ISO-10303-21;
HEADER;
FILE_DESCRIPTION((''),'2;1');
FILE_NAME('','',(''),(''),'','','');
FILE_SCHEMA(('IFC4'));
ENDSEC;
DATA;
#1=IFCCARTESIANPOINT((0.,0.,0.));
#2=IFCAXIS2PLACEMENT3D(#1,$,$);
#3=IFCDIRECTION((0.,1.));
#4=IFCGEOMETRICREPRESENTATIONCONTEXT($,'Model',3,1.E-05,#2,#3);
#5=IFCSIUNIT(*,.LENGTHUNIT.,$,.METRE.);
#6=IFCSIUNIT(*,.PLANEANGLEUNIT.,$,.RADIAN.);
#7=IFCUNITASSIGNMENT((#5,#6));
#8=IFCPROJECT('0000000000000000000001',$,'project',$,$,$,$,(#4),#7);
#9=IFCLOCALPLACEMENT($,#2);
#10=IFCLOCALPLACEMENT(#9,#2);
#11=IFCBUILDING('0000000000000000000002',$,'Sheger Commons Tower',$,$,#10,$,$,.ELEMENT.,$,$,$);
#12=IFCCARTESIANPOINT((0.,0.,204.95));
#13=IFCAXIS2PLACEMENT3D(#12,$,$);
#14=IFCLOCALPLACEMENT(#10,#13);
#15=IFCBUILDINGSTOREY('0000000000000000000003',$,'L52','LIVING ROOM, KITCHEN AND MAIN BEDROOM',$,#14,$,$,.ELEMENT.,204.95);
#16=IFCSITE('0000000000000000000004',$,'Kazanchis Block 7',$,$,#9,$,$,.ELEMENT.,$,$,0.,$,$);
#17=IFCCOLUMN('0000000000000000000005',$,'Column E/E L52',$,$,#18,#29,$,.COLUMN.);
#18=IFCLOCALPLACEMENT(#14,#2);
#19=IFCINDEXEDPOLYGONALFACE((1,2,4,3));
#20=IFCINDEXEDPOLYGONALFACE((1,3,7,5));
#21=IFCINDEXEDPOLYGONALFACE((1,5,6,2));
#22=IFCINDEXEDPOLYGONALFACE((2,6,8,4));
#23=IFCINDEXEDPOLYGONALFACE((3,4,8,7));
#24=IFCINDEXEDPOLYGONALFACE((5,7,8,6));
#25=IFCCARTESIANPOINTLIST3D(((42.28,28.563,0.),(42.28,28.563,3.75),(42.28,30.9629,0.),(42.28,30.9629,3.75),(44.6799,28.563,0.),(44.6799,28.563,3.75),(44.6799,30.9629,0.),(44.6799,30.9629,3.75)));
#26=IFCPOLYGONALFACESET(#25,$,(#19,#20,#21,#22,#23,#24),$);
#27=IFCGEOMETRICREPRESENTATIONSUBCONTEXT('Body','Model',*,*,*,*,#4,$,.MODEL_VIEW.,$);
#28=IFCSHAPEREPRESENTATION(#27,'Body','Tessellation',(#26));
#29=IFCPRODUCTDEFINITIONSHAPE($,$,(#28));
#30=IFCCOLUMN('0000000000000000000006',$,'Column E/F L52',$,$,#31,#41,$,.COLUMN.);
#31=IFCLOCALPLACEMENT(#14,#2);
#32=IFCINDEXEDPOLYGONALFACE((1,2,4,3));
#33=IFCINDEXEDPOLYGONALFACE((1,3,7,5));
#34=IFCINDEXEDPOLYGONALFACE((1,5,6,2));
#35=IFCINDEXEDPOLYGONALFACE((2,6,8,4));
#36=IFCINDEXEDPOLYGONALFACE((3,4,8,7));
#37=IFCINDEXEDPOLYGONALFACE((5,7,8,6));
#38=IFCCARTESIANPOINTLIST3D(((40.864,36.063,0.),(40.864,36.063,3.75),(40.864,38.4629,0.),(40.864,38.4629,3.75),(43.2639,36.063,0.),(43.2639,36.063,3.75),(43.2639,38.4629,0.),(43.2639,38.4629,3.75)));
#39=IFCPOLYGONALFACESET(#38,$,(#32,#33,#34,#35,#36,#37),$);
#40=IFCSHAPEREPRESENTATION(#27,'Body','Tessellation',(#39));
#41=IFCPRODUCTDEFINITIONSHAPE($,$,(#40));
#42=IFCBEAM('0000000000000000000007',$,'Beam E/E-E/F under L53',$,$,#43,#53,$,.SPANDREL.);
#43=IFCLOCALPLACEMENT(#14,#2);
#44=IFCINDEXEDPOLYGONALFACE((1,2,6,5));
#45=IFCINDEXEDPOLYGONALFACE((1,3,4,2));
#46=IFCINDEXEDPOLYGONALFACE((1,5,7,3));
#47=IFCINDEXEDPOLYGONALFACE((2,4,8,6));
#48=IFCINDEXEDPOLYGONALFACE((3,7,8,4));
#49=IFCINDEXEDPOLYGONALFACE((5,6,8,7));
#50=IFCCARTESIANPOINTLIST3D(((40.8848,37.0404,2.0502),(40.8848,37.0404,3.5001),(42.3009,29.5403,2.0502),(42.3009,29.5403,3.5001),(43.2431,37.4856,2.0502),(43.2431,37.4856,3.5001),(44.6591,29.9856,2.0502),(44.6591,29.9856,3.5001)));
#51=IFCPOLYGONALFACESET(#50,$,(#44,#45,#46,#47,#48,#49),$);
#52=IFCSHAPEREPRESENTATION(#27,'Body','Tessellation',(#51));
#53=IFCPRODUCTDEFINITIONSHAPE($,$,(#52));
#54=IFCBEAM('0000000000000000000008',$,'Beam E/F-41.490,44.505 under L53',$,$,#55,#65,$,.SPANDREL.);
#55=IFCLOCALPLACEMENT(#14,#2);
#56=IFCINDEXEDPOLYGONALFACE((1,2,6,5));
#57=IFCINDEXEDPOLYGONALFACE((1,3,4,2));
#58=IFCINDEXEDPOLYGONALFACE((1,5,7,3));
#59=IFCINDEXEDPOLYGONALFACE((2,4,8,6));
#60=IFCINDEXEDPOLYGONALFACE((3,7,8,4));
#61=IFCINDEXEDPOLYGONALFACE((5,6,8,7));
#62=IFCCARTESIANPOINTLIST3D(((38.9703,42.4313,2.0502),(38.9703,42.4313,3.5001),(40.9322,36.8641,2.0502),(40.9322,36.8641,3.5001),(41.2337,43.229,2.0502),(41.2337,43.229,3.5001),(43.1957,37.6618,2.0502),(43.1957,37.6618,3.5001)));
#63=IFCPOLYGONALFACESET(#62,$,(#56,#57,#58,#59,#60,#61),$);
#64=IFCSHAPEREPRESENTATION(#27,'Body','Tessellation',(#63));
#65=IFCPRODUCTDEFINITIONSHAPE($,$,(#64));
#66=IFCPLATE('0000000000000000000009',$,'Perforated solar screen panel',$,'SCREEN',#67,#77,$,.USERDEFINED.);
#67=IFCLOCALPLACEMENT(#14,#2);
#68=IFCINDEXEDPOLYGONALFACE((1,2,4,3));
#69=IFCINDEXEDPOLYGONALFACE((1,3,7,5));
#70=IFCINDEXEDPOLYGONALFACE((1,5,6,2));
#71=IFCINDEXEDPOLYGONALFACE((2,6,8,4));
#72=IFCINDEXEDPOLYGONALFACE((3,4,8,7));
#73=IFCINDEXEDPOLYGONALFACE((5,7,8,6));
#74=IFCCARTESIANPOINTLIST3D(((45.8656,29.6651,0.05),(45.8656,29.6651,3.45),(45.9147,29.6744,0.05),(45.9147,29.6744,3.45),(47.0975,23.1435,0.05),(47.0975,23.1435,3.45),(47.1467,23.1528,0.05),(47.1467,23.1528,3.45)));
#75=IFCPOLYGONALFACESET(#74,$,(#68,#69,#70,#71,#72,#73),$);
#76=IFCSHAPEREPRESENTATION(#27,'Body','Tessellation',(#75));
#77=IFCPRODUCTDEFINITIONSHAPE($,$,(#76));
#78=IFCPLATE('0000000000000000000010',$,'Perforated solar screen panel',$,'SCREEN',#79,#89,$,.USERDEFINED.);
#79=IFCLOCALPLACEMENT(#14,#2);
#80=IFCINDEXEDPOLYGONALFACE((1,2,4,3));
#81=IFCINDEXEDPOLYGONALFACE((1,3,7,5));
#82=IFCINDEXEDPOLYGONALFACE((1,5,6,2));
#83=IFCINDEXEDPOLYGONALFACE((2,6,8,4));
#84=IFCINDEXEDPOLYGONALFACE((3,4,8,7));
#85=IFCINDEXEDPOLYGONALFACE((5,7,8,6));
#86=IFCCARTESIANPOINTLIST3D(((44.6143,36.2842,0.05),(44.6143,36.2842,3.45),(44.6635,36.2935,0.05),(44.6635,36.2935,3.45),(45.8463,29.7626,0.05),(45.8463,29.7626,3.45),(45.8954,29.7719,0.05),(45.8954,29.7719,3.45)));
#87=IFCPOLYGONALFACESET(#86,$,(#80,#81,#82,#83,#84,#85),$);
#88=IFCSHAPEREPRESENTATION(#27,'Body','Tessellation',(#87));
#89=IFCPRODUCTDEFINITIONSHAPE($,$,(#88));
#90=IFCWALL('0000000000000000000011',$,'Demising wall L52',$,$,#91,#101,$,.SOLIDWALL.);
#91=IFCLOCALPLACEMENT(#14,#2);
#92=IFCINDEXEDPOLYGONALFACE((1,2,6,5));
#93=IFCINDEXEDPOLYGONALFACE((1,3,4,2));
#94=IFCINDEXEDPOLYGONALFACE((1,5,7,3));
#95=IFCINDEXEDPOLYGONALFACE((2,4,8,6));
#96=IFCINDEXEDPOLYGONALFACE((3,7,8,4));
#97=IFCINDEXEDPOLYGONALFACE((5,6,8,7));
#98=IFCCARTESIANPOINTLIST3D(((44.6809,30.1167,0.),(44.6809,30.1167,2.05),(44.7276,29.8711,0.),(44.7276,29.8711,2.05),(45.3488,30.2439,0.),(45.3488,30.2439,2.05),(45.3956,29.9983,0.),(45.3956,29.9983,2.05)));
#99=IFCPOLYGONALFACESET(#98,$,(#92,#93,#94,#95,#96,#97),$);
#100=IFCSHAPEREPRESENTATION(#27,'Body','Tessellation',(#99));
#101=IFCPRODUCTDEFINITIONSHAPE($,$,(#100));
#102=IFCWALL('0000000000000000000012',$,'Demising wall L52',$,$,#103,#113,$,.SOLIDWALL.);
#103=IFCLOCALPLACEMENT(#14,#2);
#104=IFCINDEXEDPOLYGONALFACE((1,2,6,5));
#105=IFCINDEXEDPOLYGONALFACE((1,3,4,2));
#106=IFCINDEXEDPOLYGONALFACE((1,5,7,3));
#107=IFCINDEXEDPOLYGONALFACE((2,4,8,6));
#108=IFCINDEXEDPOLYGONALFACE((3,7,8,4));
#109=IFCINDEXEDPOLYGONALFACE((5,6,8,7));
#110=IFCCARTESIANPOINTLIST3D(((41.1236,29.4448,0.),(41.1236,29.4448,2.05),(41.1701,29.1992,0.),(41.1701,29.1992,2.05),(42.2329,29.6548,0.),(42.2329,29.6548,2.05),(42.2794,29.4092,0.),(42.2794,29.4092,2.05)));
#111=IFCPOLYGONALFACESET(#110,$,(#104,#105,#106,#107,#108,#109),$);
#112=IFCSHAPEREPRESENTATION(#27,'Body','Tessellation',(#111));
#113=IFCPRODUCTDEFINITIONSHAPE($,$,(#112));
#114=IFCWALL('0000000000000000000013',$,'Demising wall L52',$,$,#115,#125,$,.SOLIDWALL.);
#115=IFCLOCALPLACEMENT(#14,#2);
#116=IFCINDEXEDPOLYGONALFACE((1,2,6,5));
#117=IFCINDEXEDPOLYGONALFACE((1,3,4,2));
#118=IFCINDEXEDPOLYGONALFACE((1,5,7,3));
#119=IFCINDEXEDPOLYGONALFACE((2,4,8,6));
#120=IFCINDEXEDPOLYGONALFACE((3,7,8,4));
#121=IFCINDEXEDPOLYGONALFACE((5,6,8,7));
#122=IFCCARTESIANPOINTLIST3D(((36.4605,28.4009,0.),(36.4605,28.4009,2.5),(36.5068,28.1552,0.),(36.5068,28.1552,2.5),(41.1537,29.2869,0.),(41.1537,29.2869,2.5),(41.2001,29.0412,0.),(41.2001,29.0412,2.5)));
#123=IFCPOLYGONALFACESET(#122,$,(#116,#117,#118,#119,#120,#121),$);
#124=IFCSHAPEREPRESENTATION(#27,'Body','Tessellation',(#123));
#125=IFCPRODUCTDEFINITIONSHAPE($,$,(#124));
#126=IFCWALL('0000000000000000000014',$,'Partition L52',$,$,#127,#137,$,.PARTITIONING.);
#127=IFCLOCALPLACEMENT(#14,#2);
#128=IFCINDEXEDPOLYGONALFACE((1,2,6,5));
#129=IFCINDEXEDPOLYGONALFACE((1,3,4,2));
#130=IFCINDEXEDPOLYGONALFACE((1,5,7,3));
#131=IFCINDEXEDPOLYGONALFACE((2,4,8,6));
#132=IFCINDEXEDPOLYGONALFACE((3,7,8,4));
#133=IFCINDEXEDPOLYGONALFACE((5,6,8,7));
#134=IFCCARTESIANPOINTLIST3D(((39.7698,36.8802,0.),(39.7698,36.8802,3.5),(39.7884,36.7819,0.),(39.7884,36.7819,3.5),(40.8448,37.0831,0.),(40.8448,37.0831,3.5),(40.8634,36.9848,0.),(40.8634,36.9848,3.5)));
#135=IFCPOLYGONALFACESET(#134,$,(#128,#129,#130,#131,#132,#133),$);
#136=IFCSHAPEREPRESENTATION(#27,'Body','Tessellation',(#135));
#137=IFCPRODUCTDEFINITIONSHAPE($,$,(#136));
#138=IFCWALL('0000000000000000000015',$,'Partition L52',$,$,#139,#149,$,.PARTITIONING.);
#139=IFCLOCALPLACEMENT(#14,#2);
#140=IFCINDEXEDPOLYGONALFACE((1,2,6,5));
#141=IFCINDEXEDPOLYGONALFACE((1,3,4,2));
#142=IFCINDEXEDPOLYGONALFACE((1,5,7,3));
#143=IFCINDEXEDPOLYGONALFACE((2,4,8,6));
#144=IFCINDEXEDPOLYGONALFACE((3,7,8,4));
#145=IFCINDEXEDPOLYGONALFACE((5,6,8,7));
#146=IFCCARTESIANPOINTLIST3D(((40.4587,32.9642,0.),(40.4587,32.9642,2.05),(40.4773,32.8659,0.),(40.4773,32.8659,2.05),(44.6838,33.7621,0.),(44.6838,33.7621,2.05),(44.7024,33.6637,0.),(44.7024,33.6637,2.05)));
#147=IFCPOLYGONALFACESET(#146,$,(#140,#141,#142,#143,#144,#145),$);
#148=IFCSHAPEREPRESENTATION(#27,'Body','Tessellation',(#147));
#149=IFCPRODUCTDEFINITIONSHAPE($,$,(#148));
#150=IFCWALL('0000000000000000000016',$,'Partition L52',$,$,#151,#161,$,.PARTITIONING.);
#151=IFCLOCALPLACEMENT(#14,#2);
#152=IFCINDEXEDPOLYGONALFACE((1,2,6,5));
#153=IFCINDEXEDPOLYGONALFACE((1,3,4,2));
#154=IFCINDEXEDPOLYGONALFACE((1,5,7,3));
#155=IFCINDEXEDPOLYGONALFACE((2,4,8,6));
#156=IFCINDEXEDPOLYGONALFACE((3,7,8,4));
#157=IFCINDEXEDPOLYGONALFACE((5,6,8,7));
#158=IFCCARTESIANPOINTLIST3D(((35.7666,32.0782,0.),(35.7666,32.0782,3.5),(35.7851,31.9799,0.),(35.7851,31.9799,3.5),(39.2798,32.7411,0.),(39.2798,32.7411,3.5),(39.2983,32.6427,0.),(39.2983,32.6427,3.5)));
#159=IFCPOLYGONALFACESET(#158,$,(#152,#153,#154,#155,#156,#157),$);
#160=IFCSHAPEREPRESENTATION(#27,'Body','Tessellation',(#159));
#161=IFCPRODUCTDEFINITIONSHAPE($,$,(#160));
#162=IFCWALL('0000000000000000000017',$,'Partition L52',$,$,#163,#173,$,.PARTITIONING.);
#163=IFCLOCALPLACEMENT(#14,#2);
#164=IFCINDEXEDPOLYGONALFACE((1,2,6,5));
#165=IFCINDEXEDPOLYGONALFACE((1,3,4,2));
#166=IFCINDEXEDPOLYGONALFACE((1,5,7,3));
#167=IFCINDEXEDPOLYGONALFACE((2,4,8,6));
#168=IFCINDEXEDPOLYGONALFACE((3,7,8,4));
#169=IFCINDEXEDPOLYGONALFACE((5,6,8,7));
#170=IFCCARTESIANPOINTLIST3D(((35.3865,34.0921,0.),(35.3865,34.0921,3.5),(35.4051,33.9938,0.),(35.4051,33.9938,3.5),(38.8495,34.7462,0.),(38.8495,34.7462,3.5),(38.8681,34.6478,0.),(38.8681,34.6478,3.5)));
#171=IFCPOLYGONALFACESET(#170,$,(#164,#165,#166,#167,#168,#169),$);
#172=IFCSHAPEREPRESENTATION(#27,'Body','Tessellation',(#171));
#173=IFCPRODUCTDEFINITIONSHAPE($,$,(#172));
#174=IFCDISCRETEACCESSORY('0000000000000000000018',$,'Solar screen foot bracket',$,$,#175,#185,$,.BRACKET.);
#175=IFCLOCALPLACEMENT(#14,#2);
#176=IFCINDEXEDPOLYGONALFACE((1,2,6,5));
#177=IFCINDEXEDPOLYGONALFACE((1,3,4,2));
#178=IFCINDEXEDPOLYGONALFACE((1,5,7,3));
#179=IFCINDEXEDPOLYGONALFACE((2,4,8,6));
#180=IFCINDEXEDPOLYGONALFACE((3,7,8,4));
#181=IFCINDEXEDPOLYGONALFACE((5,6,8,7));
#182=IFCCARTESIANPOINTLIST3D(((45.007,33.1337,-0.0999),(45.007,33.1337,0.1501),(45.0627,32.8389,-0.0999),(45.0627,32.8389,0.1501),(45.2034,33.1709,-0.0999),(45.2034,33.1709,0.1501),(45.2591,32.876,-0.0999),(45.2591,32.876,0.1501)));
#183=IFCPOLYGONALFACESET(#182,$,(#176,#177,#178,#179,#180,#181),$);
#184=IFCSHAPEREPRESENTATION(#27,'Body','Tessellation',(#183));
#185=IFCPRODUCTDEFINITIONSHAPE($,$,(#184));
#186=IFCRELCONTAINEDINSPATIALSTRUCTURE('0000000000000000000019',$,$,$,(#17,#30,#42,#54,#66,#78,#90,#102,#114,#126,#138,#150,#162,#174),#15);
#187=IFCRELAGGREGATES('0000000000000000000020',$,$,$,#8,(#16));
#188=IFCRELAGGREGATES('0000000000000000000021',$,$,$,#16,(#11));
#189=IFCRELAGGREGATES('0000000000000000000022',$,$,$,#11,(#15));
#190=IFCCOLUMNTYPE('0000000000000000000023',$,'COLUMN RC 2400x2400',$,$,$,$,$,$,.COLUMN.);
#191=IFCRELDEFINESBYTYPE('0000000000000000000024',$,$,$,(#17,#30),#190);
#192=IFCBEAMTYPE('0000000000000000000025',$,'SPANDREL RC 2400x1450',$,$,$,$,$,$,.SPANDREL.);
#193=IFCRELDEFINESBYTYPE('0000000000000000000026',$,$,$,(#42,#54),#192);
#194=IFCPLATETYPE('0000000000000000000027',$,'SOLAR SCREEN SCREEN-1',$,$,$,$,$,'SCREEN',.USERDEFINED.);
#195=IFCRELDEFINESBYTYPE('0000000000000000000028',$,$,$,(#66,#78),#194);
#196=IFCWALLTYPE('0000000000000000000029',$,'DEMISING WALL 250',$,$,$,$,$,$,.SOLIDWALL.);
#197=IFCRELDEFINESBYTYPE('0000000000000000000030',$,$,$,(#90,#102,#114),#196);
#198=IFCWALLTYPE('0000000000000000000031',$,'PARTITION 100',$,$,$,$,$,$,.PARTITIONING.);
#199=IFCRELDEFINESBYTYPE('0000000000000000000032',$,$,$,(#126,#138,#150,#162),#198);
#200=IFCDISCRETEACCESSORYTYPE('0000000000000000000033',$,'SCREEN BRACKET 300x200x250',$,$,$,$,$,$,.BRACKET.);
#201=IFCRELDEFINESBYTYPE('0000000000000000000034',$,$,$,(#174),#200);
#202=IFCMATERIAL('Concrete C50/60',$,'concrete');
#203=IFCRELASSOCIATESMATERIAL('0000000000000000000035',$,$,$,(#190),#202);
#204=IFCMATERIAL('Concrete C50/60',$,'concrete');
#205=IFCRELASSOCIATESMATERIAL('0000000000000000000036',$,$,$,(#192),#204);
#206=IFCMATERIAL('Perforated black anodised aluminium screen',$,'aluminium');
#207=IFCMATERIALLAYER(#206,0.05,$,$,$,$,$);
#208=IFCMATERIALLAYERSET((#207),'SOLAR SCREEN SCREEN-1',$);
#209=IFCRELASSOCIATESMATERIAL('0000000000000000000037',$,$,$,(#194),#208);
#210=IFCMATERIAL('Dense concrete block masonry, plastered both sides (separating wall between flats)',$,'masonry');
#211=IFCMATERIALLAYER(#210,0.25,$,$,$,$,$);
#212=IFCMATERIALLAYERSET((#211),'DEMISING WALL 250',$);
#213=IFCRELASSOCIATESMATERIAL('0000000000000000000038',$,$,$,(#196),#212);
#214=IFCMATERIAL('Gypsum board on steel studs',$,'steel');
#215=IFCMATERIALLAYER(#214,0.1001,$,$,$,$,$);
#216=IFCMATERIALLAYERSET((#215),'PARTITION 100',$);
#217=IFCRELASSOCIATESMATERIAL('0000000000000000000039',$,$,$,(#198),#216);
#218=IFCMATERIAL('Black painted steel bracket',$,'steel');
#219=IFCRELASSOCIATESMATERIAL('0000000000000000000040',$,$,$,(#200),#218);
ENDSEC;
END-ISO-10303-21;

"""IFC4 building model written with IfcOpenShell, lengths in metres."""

from ifc_helpers import new_model, si_unit, direction, frame, frame_2d, origin, origin_2d, place, context, subcontext, project, spatial, rectangle, extrude, material, layer, layer_set, material_profile, profile_set, type_object, element, save


model = new_model("IFC4")

# Units and contexts
model_context = context("Model", 3, precision=1e-05, world=origin(), true_north=direction((0.0, 1.0)))
body_context = subcontext(model_context, "Body", "Model", "MODEL_VIEW")
ifc_project = project(units=[si_unit("LENGTHUNIT", "METRE"), si_unit("PLANEANGLEUNIT", "RADIAN")], contexts=[model_context])

# Site, building, storey
site_placement = place(None, origin())
site = spatial("IfcSite", under=ifc_project, at=site_placement, Name="Kazanchis Block 7", CompositionType="ELEMENT", RefElevation=0.0)
building_placement = place(site_placement, origin())
building = spatial("IfcBuilding", under=site, at=building_placement, Name="Sheger Commons Tower", CompositionType="ELEMENT")
storey_placement = place(building_placement, frame((0.0, 0.0, 204.95)))
storey = spatial("IfcBuildingStorey", under=building, at=storey_placement, Name="L52", Description="LIVING ROOM, KITCHEN AND MAIN BEDROOM", CompositionType="ELEMENT", Elevation=204.95)

# Columns
ifc_material_1 = material(Name="Concrete C50/60", Category="concrete")
ifc_material_profile_1 = material_profile(ifc_material_1, rectangle(XDim=2.3999, YDim=2.3999, at=origin_2d()), Name="RC 2400x2400")
ifc_profile_set_1 = profile_set([ifc_material_profile_1], Name="Concrete C50/60")
column_type = type_object("IfcColumnType", Name="COLUMN RC 2400x2400", PredefinedType="COLUMN", material=ifc_profile_set_1)
for number, where, z_axis, x_axis, name in (
    (1, (43.48, 29.7629, 0.0), (0.0, 0.0, 1.0), (1.0, 0.0, 0.0), "Column E/E L52"),
    (2, (42.064, 37.2629, 0.0), (0.0, 0.0, 1.0), (1.0, 0.0, 0.0), "Column E/F L52"),
):
    element("IfcColumn", number, at=place(storey_placement, frame(where, z_axis=z_axis, x_axis=x_axis)), inside=storey, type_object=column_type, Name=name, PredefinedType="COLUMN", context=body_context, shape_type="SweptSolid", body=[
        extrude(rectangle(XDim=2.3999, YDim=2.3999, at=origin_2d()), origin(), (0.0, 0.0, 1.0), 3.75),
    ])

# Beams
ifc_material_2 = material(Name="Concrete C50/60", Category="concrete")
ifc_material_profile_2 = material_profile(ifc_material_2, rectangle(XDim=2.3999, YDim=1.45, at=origin_2d()), Name="RC 2400x1450")
ifc_profile_set_2 = profile_set([ifc_material_profile_2], Name="Concrete C50/60")
beam_type = type_object("IfcBeamType", Name="SPANDREL RC 2400x1450", PredefinedType="SPANDREL", material=ifc_profile_set_2)
beam_1_placement = place(storey_placement, frame((43.48, 29.7629, 2.7751), z_axis=(-0.185524, 0.98264, 0.0), x_axis=(-0.98264, -0.185524, 0.0)))
element("IfcBeam", 3, at=beam_1_placement, inside=storey, type_object=beam_type, Name="Beam E/E-E/F under L53", PredefinedType="SPANDREL", context=body_context, shape_type="SweptSolid", body=[
    extrude(rectangle(XDim=2.3999, YDim=1.45, at=origin_2d()), origin(), (0.0, 0.0, 1.0), 7.6326),
])
beam_2_placement = place(storey_placement, frame((42.064, 37.2629, 2.7751), z_axis=(-0.332374, 0.943148, 0.0), x_axis=(-0.943148, -0.332374, 0.0)))
element("IfcBeam", 4, at=beam_2_placement, inside=storey, type_object=beam_type, Name="Beam E/F-41.490,44.505 under L53", PredefinedType="SPANDREL", context=body_context, shape_type="SweptSolid", body=[
    extrude(rectangle(XDim=2.3999, YDim=1.45, at=origin_2d()), origin(), (0.0, 0.0, 1.0), 5.9028),
])

# Plates
ifc_material_3 = material(Name="Perforated black anodised aluminium screen", Category="aluminium")
ifc_layer_1 = layer(ifc_material_3, 0.05)
ifc_layer_set_1 = layer_set([ifc_layer_1], Name="SOLAR SCREEN SCREEN-1")
plate_type = type_object("IfcPlateType", Name="SOLAR SCREEN SCREEN-1", ElementType="SCREEN", PredefinedType="USERDEFINED", material=ifc_layer_set_1)
for number, where, z_axis, x_axis, name in (
    (5, (46.5061, 26.4089, 0.05), (0.0, 0.0, 1.0), (-0.185615, 0.982623, 0.0), "Perforated solar screen panel"),
    (6, (45.2549, 33.0281, 0.05), (0.0, 0.0, 1.0), (-0.185615, 0.982623, 0.0), "Perforated solar screen panel"),
):
    element("IfcPlate", number, at=place(storey_placement, frame(where, z_axis=z_axis, x_axis=x_axis)), inside=storey, type_object=plate_type, Name=name, ObjectType="SCREEN", PredefinedType="USERDEFINED", context=body_context, shape_type="SweptSolid", body=[
        extrude(rectangle(XDim=6.637, YDim=0.05, at=origin_2d()), origin(), (0.0, 0.0, 1.0), 3.3999),
    ])

# Walls
ifc_material_4 = material(Name="Dense concrete block masonry, plastered both sides (separating wall between flats)", Category="masonry")
ifc_layer_2 = layer(ifc_material_4, 0.25)
ifc_layer_set_2 = layer_set([ifc_layer_2], Name="DEMISING WALL 250")
wall_type_1 = type_object("IfcWallType", Name="DEMISING WALL 250", PredefinedType="SOLIDWALL", material=ifc_layer_set_2)
wall_1_placement = place(storey_placement, frame((45.3721, 30.1211, 0.0), z_axis=(0.0, 0.0, 1.0), x_axis=(-0.982348, -0.187063, 0.0)))
element("IfcWall", 7, at=wall_1_placement, inside=storey, type_object=wall_type_1, Name="Demising wall L52", PredefinedType="SOLIDWALL", context=body_context, shape_type="SweptSolid", body=[
    extrude(rectangle(XDim=0.6799, YDim=0.25, at=frame_2d((0.3398, 0.0))), origin(), (0.0, 0.0, 1.0), 2.05),
])
wall_2_placement = place(storey_placement, frame((42.2561, 29.532, 0.0), z_axis=(0.0, 0.0, 1.0), x_axis=(-0.98255, -0.185999, 0.0)))
element("IfcWall", 8, at=wall_2_placement, inside=storey, type_object=wall_type_1, Name="Demising wall L52", PredefinedType="SOLIDWALL", context=body_context, shape_type="SweptSolid", body=[
    extrude(rectangle(XDim=1.1289, YDim=0.25, at=frame_2d((0.5645, 0.0))), origin(), (0.0, 0.0, 1.0), 2.05),
])
wall_3_placement = place(storey_placement, frame((41.177, 29.1641, 0.0), z_axis=(0.0, 0.0, 1.0), x_axis=(-0.982643, -0.185508, 0.0)))
element("IfcWall", 9, at=wall_3_placement, inside=storey, type_object=wall_type_1, Name="Demising wall L52", PredefinedType="SOLIDWALL", context=body_context, shape_type="SweptSolid", body=[
    extrude(rectangle(XDim=4.7761, YDim=0.25, at=frame_2d((2.3882, 0.0))), origin(), (0.0, 0.0, 1.0), 2.5),
])
ifc_material_5 = material(Name="Gypsum board on steel studs", Category="steel")
ifc_layer_3 = layer(ifc_material_5, 0.1001)
ifc_layer_set_3 = layer_set([ifc_layer_3], Name="PARTITION 100")
wall_type_2 = type_object("IfcWallType", Name="PARTITION 100", PredefinedType="PARTITIONING", material=ifc_layer_set_3)
wall_4_placement = place(storey_placement, frame((40.854, 37.0339, 0.0), z_axis=(0.0, 0.0, 1.0), x_axis=(-0.982652, -0.185461, 0.0)))
element("IfcWall", 10, at=wall_4_placement, inside=storey, type_object=wall_type_2, Name="Partition L52", PredefinedType="PARTITIONING", context=body_context, shape_type="SweptSolid", body=[
    extrude(rectangle(XDim=1.094, YDim=0.1001, at=frame_2d((0.5469, 0.0))), origin(), (0.0, 0.0, 1.0), 3.5),
])
wall_5_placement = place(storey_placement, frame((44.6931, 33.7129, 0.0), z_axis=(0.0, 0.0, 1.0), x_axis=(-0.982634, -0.185557, 0.0)))
element("IfcWall", 11, at=wall_5_placement, inside=storey, type_object=wall_type_2, Name="Partition L52", PredefinedType="PARTITIONING", context=body_context, shape_type="SweptSolid", body=[
    extrude(rectangle(XDim=4.2998, YDim=0.1001, at=frame_2d((2.1499, 0.0))), origin(), (0.0, 0.0, 1.0), 2.05),
])
wall_6_placement = place(storey_placement, frame((39.2891, 32.6919, 0.0), z_axis=(0.0, 0.0, 1.0), x_axis=(-0.982663, -0.185402, 0.0)))
element("IfcWall", 12, at=wall_6_placement, inside=storey, type_object=wall_type_2, Name="Partition L52", PredefinedType="PARTITIONING", context=body_context, shape_type="SweptSolid", body=[
    extrude(rectangle(XDim=3.5752, YDim=0.1001, at=frame_2d((1.7876, 0.0))), origin(), (0.0, 0.0, 1.0), 3.5),
])
wall_7_placement = place(storey_placement, frame((38.8589, 34.697, 0.0), z_axis=(0.0, 0.0, 1.0), x_axis=(-0.982627, -0.185593, 0.0)))
element("IfcWall", 13, at=wall_7_placement, inside=storey, type_object=wall_type_2, Name="Partition L52", PredefinedType="PARTITIONING", context=body_context, shape_type="SweptSolid", body=[
    extrude(rectangle(XDim=3.5242, YDim=0.1001, at=frame_2d((1.7622, 0.0))), origin(), (0.0, 0.0, 1.0), 3.5),
])

# Discrete accessory
ifc_material_6 = material(Name="Black painted steel bracket", Category="steel")
discrete_accessory_type = type_object("IfcDiscreteAccessoryType", Name="SCREEN BRACKET 300x200x250", PredefinedType="BRACKET", material=ifc_material_6)
for number, where, z_axis, x_axis, name in (
    (14, (45.1331, 33.0049, -0.0999), (0.0, 0.0, 1.0), (-0.185615, 0.982623, 0.0), "Solar screen foot bracket"),
):
    element("IfcDiscreteAccessory", number, at=place(storey_placement, frame(where, z_axis=z_axis, x_axis=x_axis)), inside=storey, type_object=discrete_accessory_type, Name=name, PredefinedType="BRACKET", context=body_context, shape_type="SweptSolid", body=[
        extrude(rectangle(XDim=0.3, YDim=0.2, at=origin_2d()), origin(), (0.0, 0.0, 1.0), 0.25),
    ])

save(model, "model.ifc")
